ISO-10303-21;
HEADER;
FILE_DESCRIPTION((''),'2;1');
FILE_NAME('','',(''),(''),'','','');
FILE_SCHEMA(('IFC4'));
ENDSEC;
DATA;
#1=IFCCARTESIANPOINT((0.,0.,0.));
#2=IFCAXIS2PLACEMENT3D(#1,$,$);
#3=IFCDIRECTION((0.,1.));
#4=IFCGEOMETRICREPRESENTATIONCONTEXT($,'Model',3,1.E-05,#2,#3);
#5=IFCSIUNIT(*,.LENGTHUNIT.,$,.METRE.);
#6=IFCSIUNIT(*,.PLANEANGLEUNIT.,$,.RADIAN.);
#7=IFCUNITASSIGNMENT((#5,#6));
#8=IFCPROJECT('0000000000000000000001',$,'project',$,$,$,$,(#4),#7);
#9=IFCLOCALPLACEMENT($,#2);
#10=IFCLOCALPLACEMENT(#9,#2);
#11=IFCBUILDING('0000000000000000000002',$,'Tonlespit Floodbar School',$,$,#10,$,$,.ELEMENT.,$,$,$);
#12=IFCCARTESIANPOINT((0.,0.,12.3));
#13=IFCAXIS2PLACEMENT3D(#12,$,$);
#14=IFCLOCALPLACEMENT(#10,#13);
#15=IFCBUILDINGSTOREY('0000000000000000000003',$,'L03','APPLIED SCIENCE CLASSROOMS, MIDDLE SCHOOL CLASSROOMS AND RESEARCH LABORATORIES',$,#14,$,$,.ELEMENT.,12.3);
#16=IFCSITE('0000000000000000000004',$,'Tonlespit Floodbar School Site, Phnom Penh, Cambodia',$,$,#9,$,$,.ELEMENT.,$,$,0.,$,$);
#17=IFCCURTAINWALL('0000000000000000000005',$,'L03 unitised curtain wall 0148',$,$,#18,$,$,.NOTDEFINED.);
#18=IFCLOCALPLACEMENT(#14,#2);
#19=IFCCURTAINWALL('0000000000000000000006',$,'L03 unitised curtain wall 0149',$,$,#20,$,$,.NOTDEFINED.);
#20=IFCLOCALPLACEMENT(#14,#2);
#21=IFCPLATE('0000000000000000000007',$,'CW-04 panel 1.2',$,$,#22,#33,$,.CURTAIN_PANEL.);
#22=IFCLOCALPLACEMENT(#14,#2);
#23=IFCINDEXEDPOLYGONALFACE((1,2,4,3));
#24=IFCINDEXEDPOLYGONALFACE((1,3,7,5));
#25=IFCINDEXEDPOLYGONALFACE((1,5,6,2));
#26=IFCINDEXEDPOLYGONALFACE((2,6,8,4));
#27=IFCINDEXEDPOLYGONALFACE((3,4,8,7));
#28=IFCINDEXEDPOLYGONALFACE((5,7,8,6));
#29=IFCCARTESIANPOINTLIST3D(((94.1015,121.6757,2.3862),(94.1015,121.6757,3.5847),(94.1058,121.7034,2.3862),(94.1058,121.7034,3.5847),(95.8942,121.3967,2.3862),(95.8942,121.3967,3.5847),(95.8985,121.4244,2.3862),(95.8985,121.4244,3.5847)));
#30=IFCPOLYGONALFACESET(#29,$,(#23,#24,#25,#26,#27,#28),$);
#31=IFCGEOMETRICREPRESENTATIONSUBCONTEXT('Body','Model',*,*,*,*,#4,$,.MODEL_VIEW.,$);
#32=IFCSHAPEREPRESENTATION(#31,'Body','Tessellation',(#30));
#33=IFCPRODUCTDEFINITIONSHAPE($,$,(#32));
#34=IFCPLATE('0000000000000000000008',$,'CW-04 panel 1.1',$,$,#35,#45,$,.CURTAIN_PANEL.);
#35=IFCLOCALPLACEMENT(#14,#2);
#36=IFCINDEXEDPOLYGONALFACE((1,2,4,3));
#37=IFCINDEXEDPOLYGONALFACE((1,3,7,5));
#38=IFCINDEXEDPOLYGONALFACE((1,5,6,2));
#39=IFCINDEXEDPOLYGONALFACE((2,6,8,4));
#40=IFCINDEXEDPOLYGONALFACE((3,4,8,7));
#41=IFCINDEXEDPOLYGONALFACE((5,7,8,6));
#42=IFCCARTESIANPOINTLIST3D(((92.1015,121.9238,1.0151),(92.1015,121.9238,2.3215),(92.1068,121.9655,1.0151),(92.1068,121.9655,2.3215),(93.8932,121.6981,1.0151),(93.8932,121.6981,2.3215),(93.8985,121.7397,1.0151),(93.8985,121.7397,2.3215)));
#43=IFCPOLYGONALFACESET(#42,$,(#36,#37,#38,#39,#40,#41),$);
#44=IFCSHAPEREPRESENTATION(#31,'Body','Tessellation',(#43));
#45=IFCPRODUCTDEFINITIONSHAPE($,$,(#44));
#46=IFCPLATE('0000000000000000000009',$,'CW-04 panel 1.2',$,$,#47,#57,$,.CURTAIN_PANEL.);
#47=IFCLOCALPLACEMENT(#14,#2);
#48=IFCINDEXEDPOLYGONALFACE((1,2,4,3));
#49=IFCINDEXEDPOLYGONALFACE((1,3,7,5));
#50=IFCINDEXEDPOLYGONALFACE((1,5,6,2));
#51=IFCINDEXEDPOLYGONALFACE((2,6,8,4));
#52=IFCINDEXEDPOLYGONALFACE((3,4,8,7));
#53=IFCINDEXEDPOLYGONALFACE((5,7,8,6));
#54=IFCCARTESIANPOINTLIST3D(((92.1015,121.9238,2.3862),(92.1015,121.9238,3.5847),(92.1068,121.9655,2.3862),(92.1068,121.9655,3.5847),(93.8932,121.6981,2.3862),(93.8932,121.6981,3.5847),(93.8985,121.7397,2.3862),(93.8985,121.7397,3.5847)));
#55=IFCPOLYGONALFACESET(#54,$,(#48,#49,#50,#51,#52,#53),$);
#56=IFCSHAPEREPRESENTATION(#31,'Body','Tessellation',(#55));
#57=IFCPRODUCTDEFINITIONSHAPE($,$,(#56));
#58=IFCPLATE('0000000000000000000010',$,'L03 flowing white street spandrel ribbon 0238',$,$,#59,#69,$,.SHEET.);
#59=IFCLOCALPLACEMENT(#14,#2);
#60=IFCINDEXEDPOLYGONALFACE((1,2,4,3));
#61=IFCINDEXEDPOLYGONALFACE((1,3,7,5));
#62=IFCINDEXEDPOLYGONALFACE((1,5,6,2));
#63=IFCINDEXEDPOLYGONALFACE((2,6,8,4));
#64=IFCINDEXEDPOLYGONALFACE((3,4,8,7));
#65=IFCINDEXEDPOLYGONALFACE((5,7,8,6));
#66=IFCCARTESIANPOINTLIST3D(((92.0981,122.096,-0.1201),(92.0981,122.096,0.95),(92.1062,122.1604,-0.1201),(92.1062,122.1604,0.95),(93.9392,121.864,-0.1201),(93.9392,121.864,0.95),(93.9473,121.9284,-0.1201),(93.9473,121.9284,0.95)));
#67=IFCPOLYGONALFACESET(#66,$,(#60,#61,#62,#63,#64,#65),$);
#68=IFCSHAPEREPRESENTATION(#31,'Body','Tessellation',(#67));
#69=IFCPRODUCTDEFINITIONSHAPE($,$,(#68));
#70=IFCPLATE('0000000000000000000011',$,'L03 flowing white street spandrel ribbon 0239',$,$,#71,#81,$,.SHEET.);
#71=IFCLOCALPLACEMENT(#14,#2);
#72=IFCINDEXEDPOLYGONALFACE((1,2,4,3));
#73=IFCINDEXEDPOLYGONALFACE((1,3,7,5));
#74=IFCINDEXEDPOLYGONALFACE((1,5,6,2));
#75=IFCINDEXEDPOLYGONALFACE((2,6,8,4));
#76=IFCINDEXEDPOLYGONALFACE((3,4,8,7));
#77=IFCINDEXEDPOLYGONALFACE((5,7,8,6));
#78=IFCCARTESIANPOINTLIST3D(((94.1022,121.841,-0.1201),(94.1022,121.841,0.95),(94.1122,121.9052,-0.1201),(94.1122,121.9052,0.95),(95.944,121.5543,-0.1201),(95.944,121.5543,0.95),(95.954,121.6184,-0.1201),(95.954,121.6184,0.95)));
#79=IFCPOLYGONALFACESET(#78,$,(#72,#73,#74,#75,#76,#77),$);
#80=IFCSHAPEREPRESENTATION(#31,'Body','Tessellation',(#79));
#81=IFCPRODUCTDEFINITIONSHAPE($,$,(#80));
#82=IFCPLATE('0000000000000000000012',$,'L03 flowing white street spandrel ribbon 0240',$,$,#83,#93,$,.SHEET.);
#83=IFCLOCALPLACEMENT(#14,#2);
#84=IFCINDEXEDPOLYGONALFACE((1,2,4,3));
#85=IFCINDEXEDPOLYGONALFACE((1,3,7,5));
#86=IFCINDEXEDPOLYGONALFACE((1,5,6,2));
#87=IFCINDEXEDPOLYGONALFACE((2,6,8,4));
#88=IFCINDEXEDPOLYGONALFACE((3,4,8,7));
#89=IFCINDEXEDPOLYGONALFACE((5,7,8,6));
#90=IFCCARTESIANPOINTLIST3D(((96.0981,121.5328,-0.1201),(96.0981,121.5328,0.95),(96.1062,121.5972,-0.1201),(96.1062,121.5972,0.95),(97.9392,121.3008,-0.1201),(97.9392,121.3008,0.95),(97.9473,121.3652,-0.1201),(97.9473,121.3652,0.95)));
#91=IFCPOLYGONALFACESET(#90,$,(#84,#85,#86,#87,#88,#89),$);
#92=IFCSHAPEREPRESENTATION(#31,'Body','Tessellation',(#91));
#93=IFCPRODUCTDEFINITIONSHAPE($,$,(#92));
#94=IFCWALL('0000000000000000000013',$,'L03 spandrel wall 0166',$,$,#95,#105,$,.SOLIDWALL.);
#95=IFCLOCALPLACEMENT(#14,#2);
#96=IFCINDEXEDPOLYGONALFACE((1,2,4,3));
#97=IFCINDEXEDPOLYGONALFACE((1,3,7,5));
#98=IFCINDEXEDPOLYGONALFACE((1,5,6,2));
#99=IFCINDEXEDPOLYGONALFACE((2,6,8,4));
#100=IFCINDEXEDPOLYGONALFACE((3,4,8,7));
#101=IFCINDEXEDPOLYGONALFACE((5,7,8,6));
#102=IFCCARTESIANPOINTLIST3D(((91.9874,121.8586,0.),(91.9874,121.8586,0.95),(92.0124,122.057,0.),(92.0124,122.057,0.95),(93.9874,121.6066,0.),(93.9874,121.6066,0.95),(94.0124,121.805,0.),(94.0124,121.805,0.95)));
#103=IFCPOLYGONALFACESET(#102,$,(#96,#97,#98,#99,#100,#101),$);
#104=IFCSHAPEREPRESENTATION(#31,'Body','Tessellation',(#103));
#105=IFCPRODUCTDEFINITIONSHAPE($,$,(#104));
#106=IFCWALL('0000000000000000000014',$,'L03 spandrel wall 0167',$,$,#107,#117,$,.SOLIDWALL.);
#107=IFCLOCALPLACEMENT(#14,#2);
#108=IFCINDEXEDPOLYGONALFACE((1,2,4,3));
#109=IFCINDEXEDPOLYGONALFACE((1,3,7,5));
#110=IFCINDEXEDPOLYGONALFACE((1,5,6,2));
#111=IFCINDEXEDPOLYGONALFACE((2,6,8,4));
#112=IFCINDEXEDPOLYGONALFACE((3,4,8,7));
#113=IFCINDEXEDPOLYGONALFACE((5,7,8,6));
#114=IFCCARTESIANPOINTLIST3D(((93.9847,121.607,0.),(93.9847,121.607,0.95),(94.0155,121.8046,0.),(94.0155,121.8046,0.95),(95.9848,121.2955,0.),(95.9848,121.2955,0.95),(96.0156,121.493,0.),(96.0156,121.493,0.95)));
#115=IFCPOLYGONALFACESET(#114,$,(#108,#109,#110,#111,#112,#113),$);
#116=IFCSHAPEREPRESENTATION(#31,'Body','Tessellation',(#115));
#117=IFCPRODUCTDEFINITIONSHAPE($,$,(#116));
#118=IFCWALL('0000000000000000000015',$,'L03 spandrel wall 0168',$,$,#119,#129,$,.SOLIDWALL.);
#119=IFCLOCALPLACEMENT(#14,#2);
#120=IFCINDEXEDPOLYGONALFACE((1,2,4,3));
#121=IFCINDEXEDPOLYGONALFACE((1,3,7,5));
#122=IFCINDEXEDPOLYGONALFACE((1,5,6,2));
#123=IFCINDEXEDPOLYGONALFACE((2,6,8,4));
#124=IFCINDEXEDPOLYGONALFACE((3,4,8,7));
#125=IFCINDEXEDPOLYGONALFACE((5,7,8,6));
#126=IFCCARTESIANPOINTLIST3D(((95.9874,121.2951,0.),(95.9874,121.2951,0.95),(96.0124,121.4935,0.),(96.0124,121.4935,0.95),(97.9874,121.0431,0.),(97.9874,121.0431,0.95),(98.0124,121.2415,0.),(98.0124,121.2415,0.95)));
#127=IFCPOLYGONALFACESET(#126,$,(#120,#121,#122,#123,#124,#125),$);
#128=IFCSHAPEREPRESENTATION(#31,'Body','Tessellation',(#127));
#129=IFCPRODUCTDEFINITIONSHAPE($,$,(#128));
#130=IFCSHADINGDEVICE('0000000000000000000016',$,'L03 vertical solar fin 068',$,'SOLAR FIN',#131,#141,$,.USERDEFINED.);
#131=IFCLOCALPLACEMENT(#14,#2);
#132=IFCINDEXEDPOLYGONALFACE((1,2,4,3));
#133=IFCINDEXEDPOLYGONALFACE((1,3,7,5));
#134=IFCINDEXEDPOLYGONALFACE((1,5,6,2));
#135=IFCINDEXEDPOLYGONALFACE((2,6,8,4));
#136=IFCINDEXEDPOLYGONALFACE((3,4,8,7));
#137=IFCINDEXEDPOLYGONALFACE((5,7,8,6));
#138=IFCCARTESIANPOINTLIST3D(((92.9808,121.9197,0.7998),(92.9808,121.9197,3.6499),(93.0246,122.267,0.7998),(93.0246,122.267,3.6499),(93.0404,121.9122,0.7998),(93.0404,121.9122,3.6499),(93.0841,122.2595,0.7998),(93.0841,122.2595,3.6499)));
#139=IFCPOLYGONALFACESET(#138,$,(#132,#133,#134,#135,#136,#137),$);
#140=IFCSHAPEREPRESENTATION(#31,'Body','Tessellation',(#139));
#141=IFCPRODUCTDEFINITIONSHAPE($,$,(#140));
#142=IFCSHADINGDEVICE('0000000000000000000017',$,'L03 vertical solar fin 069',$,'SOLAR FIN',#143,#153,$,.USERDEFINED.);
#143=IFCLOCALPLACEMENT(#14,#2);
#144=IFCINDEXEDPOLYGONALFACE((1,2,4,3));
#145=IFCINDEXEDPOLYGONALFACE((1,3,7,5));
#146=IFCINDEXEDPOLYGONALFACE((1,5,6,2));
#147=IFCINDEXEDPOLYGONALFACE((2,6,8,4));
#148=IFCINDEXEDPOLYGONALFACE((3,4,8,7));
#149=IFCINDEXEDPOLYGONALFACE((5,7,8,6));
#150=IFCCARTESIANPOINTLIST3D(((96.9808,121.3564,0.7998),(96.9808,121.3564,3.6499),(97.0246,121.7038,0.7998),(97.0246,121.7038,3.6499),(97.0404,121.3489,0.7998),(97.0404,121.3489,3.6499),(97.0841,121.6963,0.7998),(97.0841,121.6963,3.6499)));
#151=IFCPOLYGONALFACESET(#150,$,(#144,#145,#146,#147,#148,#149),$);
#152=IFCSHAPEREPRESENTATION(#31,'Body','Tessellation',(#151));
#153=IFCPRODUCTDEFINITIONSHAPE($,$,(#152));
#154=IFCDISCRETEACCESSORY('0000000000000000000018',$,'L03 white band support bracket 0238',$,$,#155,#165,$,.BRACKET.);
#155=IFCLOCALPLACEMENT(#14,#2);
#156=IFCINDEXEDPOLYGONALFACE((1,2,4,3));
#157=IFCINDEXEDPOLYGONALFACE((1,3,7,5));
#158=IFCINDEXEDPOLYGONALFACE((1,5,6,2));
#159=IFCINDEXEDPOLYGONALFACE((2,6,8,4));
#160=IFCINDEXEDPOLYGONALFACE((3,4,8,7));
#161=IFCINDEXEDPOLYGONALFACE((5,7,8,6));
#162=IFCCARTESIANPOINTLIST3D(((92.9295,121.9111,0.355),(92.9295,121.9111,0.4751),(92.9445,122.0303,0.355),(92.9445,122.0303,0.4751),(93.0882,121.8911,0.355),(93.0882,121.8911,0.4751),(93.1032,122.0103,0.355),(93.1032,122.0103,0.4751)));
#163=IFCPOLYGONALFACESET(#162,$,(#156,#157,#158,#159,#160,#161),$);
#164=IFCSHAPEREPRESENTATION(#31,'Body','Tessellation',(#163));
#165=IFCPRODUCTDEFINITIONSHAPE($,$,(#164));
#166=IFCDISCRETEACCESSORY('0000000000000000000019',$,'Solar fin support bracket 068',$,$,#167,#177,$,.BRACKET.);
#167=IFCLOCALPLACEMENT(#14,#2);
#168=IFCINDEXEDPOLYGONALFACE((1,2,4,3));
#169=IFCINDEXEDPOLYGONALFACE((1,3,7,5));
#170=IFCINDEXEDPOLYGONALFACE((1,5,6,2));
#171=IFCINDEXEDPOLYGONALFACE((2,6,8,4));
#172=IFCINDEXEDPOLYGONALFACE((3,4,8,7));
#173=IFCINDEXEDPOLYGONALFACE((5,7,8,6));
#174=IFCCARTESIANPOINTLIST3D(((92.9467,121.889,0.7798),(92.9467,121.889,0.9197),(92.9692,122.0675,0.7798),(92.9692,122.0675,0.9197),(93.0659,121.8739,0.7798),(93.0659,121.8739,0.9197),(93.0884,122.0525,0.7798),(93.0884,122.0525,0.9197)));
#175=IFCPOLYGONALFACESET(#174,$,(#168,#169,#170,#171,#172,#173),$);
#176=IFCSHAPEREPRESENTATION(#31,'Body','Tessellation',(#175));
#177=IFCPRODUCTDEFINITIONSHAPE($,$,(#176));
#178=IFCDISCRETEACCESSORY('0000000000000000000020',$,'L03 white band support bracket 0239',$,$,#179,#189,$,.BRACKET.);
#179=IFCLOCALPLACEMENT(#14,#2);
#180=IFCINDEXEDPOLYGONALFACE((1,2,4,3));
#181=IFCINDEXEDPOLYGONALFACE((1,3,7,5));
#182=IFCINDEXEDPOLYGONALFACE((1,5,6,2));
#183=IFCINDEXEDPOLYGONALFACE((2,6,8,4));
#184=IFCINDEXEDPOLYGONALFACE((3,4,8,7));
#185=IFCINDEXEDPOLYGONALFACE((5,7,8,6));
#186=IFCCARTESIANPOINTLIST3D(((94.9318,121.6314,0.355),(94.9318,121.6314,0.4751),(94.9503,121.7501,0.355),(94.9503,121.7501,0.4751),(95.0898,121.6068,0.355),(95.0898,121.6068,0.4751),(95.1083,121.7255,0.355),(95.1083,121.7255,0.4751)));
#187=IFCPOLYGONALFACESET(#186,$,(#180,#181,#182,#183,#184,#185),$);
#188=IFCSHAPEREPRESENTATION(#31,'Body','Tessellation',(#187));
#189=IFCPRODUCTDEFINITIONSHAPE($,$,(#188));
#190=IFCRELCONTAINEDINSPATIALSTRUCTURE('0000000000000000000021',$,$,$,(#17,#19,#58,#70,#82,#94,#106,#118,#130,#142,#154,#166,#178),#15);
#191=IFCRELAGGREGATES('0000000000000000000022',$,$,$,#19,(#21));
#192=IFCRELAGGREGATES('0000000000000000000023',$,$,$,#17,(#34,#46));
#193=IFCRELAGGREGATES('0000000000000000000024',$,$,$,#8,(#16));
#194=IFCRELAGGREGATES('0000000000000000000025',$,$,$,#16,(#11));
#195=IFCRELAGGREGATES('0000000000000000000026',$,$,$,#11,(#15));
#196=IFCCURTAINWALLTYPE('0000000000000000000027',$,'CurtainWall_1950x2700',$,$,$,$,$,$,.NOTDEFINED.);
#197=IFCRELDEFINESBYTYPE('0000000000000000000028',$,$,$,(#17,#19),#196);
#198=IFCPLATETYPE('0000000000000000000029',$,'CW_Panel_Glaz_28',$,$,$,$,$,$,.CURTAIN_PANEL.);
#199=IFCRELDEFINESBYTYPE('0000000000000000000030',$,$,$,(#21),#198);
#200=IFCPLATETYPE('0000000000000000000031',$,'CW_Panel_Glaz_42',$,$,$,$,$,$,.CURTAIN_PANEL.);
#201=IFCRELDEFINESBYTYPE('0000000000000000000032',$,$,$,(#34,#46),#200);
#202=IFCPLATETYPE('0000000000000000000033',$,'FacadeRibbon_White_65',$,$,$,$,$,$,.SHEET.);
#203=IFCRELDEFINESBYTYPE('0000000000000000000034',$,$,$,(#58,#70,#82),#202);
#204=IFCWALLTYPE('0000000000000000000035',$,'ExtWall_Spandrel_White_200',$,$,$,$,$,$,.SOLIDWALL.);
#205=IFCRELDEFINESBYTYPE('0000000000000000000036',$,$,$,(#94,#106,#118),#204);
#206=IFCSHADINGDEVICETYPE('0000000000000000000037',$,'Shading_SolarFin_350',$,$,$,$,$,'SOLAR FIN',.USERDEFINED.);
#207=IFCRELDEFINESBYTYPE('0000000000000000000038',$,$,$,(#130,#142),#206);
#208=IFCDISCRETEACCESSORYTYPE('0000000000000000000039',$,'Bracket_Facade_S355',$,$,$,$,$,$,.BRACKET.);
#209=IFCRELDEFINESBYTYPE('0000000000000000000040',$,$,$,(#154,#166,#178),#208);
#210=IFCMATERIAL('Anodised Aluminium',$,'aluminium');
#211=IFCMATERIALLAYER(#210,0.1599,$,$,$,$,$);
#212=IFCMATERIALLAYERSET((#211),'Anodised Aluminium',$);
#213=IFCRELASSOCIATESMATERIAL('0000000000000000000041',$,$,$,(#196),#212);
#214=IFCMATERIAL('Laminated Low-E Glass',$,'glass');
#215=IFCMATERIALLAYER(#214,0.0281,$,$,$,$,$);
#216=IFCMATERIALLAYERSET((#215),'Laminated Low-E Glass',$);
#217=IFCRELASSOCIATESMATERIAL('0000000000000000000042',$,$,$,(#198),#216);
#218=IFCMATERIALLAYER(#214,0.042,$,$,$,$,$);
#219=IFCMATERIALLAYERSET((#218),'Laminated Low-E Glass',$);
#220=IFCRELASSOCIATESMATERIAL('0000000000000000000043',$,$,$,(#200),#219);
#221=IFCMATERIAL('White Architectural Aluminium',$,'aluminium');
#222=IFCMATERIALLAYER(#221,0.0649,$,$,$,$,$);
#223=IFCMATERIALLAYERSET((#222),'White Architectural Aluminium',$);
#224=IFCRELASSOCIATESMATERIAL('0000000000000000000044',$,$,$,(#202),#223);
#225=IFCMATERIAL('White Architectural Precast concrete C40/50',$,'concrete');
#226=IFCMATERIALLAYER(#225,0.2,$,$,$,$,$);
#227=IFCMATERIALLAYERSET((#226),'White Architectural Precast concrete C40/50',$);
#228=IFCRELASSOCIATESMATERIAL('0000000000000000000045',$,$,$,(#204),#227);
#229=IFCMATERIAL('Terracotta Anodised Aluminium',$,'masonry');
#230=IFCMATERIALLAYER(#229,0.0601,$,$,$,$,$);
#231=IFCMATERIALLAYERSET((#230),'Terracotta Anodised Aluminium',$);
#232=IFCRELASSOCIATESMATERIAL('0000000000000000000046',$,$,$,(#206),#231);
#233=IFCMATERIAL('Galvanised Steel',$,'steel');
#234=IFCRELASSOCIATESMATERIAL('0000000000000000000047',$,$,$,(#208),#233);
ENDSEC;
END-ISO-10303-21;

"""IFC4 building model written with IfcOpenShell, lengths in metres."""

from ifc_helpers import new_model, si_unit, direction, frame, frame_2d, origin, origin_2d, place, context, subcontext, project, spatial, rectangle, extrude, material, layer, layer_set, type_object, element, aggregate, save


model = new_model("IFC4")

# Units and contexts
model_context = context("Model", 3, precision=1e-05, world=origin(), true_north=direction((0.0, 1.0)))
body_context = subcontext(model_context, "Body", "Model", "MODEL_VIEW")
ifc_project = project(units=[si_unit("LENGTHUNIT", "METRE"), si_unit("PLANEANGLEUNIT", "RADIAN")], contexts=[model_context])

# Site, building, storey
site_placement = place(None, origin())
site = spatial("IfcSite", under=ifc_project, at=site_placement, Name="Tonlespit Floodbar School Site, Phnom Penh, Cambodia", CompositionType="ELEMENT", RefElevation=0.0)
building_placement = place(site_placement, origin())
building = spatial("IfcBuilding", under=site, at=building_placement, Name="Tonlespit Floodbar School", CompositionType="ELEMENT")
storey_placement = place(building_placement, frame((0.0, 0.0, 12.3)))
storey = spatial("IfcBuildingStorey", under=building, at=storey_placement, Name="L03", Description="APPLIED SCIENCE CLASSROOMS, MIDDLE SCHOOL CLASSROOMS AND RESEARCH LABORATORIES", CompositionType="ELEMENT", Elevation=12.3)

# Curtain wall
ifc_material_1 = material(Name="Anodised Aluminium", Category="aluminium")
ifc_layer_1 = layer(ifc_material_1, 0.1599)
ifc_layer_set_1 = layer_set([ifc_layer_1], Name="Anodised Aluminium")
curtain_wall_type = type_object("IfcCurtainWallType", Name="CurtainWall_1950x2700", PredefinedType="NOTDEFINED", material=ifc_layer_set_1)
curtain_wall_1_placement = place(storey_placement, origin())
curtain_wall_1 = element("IfcCurtainWall", 1, at=curtain_wall_1_placement, inside=storey, type_object=curtain_wall_type, Name="L03 unitised curtain wall 0148", PredefinedType="NOTDEFINED")

# Curtain wall
curtain_wall_2_placement = place(storey_placement, origin())
curtain_wall_2 = element("IfcCurtainWall", 2, at=curtain_wall_2_placement, inside=storey, type_object=curtain_wall_type, Name="L03 unitised curtain wall 0149", PredefinedType="NOTDEFINED")

# Plates
ifc_material_2 = material(Name="Laminated Low-E Glass", Category="glass")
ifc_layer_2 = layer(ifc_material_2, 0.0281)
ifc_layer_set_2 = layer_set([ifc_layer_2], Name="Laminated Low-E Glass")
plate_type_1 = type_object("IfcPlateType", Name="CW_Panel_Glaz_28", PredefinedType="CURTAIN_PANEL", material=ifc_layer_set_2)
plate_1_placement = place(storey_placement, frame((95.0, 121.55, 2.3862), z_axis=(0.0, 0.0, 1.0), x_axis=(0.988103, -0.153796, 0.0)))
plate_1 = element("IfcPlate", 3, at=plate_1_placement, type_object=plate_type_1, Name="CW-04 panel 1.2", PredefinedType="CURTAIN_PANEL", context=body_context, shape_type="SweptSolid", body=[
    extrude(rectangle(XDim=1.8142, YDim=0.0281, at=origin_2d()), origin(), (0.0, 0.0, 1.0), 1.1985),
])
aggregate(curtain_wall_2, [plate_1])
ifc_layer_3 = layer(ifc_material_2, 0.042)
ifc_layer_set_3 = layer_set([ifc_layer_3], Name="Laminated Low-E Glass")
plate_type_2 = type_object("IfcPlateType", Name="CW_Panel_Glaz_42", PredefinedType="CURTAIN_PANEL", material=ifc_layer_set_3)
plate_2_placement = place(storey_placement, frame((93.0, 121.8318, 1.0151), z_axis=(0.0, 0.0, 1.0), x_axis=(0.992155, -0.125014, 0.0)))
plate_2 = element("IfcPlate", 4, at=plate_2_placement, type_object=plate_type_2, Name="CW-04 panel 1.1", PredefinedType="CURTAIN_PANEL", context=body_context, shape_type="SweptSolid", body=[
    extrude(rectangle(XDim=1.8059, YDim=0.042, at=origin_2d()), origin(), (0.0, 0.0, 1.0), 1.3064),
])
plate_3_placement = place(storey_placement, frame((93.0, 121.8318, 2.3862), z_axis=(0.0, 0.0, 1.0), x_axis=(0.992155, -0.125014, 0.0)))
plate_3 = element("IfcPlate", 5, at=plate_3_placement, type_object=plate_type_2, Name="CW-04 panel 1.2", PredefinedType="CURTAIN_PANEL", context=body_context, shape_type="SweptSolid", body=[
    extrude(rectangle(XDim=1.8059, YDim=0.042, at=origin_2d()), origin(), (0.0, 0.0, 1.0), 1.1985),
])
aggregate(curtain_wall_1, [plate_2, plate_3])

# Plates
ifc_material_3 = material(Name="White Architectural Aluminium", Category="aluminium")
ifc_layer_4 = layer(ifc_material_3, 0.0649)
ifc_layer_set_4 = layer_set([ifc_layer_4], Name="White Architectural Aluminium")
plate_type_3 = type_object("IfcPlateType", Name="FacadeRibbon_White_65", PredefinedType="SHEET", material=ifc_layer_set_4)
plate_4_placement = place(storey_placement, frame((93.0227, 122.0122, -0.1201), z_axis=(0.0, 0.0, 1.0), x_axis=(0.992155, -0.125011, 0.0)))
element("IfcPlate", 6, at=plate_4_placement, inside=storey, type_object=plate_type_3, Name="L03 flowing white street spandrel ribbon 0238", PredefinedType="SHEET", context=body_context, shape_type="SweptSolid", body=[
    extrude(rectangle(XDim=1.8557, YDim=0.0649, at=origin_2d()), origin(), (0.0, 0.0, 1.0), 1.0701),
])
plate_5_placement = place(storey_placement, frame((95.0281, 121.7297, -0.1201), z_axis=(0.0, 0.0, 1.0), x_axis=(0.988095, -0.153846, 0.0)))
element("IfcPlate", 7, at=plate_5_placement, inside=storey, type_object=plate_type_3, Name="L03 flowing white street spandrel ribbon 0239", PredefinedType="SHEET", context=body_context, shape_type="SweptSolid", body=[
    extrude(rectangle(XDim=1.864, YDim=0.0649, at=origin_2d()), origin(), (0.0, 0.0, 1.0), 1.0701),
])
plate_6_placement = place(storey_placement, frame((97.0227, 121.449, -0.1201), z_axis=(0.0, 0.0, 1.0), x_axis=(0.992155, -0.125011, 0.0)))
element("IfcPlate", 8, at=plate_6_placement, inside=storey, type_object=plate_type_3, Name="L03 flowing white street spandrel ribbon 0240", PredefinedType="SHEET", context=body_context, shape_type="SweptSolid", body=[
    extrude(rectangle(XDim=1.8557, YDim=0.0649, at=origin_2d()), origin(), (0.0, 0.0, 1.0), 1.0701),
])

# Walls
ifc_material_4 = material(Name="White Architectural Precast concrete C40/50", Category="concrete")
ifc_layer_5 = layer(ifc_material_4, 0.2)
ifc_layer_set_5 = layer_set([ifc_layer_5], Name="White Architectural Precast concrete C40/50")
wall_type = type_object("IfcWallType", Name="ExtWall_Spandrel_White_200", PredefinedType="SOLIDWALL", material=ifc_layer_set_5)
wall_1_placement = place(storey_placement, frame((92.0, 121.9578, 0.0), z_axis=(0.0, 0.0, 1.0), x_axis=(0.992158, -0.124989, 0.0)))
element("IfcWall", 9, at=wall_1_placement, inside=storey, type_object=wall_type, Name="L03 spandrel wall 0166", PredefinedType="SOLIDWALL", context=body_context, shape_type="SweptSolid", body=[
    extrude(rectangle(XDim=2.0159, YDim=0.2, at=frame_2d((1.0078, 0.0))), origin(), (0.0, 0.0, 1.0), 0.95),
])
wall_2_placement = place(storey_placement, frame((94.0, 121.7058, 0.0), z_axis=(0.0, 0.0, 1.0), x_axis=(0.988086, -0.153906, 0.0)))
element("IfcWall", 10, at=wall_2_placement, inside=storey, type_object=wall_type, Name="L03 spandrel wall 0167", PredefinedType="SOLIDWALL", context=body_context, shape_type="SweptSolid", body=[
    extrude(rectangle(XDim=2.0242, YDim=0.2, at=frame_2d((1.0122, 0.0))), origin(), (0.0, 0.0, 1.0), 0.95),
])
wall_3_placement = place(storey_placement, frame((96.0, 121.3943, 0.0), z_axis=(0.0, 0.0, 1.0), x_axis=(0.992158, -0.124989, 0.0)))
element("IfcWall", 11, at=wall_3_placement, inside=storey, type_object=wall_type, Name="L03 spandrel wall 0168", PredefinedType="SOLIDWALL", context=body_context, shape_type="SweptSolid", body=[
    extrude(rectangle(XDim=2.0159, YDim=0.2, at=frame_2d((1.0078, 0.0))), origin(), (0.0, 0.0, 1.0), 0.95),
])

# Shading devices
ifc_material_5 = material(Name="Terracotta Anodised Aluminium", Category="masonry")
ifc_layer_6 = layer(ifc_material_5, 0.0601)
ifc_layer_set_6 = layer_set([ifc_layer_6], Name="Terracotta Anodised Aluminium")
shading_device_type = type_object("IfcShadingDeviceType", Name="Shading_SolarFin_350", ElementType="SOLAR FIN", PredefinedType="USERDEFINED", material=ifc_layer_set_6)
for number, where, z_axis, x_axis, name in (
    (12, (93.0325, 122.0896, 0.7998), (0.0, 0.0, 1.0), (0.992155, -0.125011, 0.0), "L03 vertical solar fin 068"),
    (13, (97.0325, 121.5264, 0.7998), (0.0, 0.0, 1.0), (0.992155, -0.125011, 0.0), "L03 vertical solar fin 069"),
):
    element("IfcShadingDevice", number, at=place(storey_placement, frame(where, z_axis=z_axis, x_axis=x_axis)), inside=storey, type_object=shading_device_type, Name=name, ObjectType="SOLAR FIN", PredefinedType="USERDEFINED", context=body_context, shape_type="SweptSolid", body=[
        extrude(rectangle(XDim=0.0601, YDim=0.3501, at=origin_2d()), origin(), (0.0, 0.0, 1.0), 2.8501),
    ])

# Discrete accessories
ifc_material_6 = material(Name="Galvanised Steel", Category="steel")
discrete_accessory_type = type_object("IfcDiscreteAccessoryType", Name="Bracket_Facade_S355", PredefinedType="BRACKET", material=ifc_material_6)
discrete_accessory_1_placement = place(storey_placement, frame((93.0164, 121.9607, 0.355), z_axis=(0.0, 0.0, 1.0), x_axis=(0.992155, -0.125011, 0.0)))
element("IfcDiscreteAccessory", 14, at=discrete_accessory_1_placement, inside=storey, type_object=discrete_accessory_type, Name="L03 white band support bracket 0238", PredefinedType="BRACKET", context=body_context, shape_type="SweptSolid", body=[
    extrude(rectangle(XDim=0.1599, YDim=0.1201, at=origin_2d()), origin(), (0.0, 0.0, 1.0), 0.1201),
])
discrete_accessory_2_placement = place(storey_placement, frame((93.0176, 121.9707, 0.7798), z_axis=(0.0, 0.0, 1.0), x_axis=(0.992155, -0.125011, 0.0)))
element("IfcDiscreteAccessory", 15, at=discrete_accessory_2_placement, inside=storey, type_object=discrete_accessory_type, Name="Solar fin support bracket 068", PredefinedType="BRACKET", context=body_context, shape_type="SweptSolid", body=[
    extrude(rectangle(XDim=0.1201, YDim=0.1799, at=origin_2d()), origin(), (0.0, 0.0, 1.0), 0.1399),
])
for number, where, z_axis, x_axis, name in (
    (16, (95.02, 121.6785, 0.355), (0.0, 0.0, 1.0), (0.988095, -0.153846, 0.0), "L03 white band support bracket 0239"),
):
    element("IfcDiscreteAccessory", number, at=place(storey_placement, frame(where, z_axis=z_axis, x_axis=x_axis)), inside=storey, type_object=discrete_accessory_type, Name=name, PredefinedType="BRACKET", context=body_context, shape_type="SweptSolid", body=[
        extrude(rectangle(XDim=0.1599, YDim=0.1201, at=origin_2d()), origin(), (0.0, 0.0, 1.0), 0.1201),
    ])

save(model, "model.ifc")
